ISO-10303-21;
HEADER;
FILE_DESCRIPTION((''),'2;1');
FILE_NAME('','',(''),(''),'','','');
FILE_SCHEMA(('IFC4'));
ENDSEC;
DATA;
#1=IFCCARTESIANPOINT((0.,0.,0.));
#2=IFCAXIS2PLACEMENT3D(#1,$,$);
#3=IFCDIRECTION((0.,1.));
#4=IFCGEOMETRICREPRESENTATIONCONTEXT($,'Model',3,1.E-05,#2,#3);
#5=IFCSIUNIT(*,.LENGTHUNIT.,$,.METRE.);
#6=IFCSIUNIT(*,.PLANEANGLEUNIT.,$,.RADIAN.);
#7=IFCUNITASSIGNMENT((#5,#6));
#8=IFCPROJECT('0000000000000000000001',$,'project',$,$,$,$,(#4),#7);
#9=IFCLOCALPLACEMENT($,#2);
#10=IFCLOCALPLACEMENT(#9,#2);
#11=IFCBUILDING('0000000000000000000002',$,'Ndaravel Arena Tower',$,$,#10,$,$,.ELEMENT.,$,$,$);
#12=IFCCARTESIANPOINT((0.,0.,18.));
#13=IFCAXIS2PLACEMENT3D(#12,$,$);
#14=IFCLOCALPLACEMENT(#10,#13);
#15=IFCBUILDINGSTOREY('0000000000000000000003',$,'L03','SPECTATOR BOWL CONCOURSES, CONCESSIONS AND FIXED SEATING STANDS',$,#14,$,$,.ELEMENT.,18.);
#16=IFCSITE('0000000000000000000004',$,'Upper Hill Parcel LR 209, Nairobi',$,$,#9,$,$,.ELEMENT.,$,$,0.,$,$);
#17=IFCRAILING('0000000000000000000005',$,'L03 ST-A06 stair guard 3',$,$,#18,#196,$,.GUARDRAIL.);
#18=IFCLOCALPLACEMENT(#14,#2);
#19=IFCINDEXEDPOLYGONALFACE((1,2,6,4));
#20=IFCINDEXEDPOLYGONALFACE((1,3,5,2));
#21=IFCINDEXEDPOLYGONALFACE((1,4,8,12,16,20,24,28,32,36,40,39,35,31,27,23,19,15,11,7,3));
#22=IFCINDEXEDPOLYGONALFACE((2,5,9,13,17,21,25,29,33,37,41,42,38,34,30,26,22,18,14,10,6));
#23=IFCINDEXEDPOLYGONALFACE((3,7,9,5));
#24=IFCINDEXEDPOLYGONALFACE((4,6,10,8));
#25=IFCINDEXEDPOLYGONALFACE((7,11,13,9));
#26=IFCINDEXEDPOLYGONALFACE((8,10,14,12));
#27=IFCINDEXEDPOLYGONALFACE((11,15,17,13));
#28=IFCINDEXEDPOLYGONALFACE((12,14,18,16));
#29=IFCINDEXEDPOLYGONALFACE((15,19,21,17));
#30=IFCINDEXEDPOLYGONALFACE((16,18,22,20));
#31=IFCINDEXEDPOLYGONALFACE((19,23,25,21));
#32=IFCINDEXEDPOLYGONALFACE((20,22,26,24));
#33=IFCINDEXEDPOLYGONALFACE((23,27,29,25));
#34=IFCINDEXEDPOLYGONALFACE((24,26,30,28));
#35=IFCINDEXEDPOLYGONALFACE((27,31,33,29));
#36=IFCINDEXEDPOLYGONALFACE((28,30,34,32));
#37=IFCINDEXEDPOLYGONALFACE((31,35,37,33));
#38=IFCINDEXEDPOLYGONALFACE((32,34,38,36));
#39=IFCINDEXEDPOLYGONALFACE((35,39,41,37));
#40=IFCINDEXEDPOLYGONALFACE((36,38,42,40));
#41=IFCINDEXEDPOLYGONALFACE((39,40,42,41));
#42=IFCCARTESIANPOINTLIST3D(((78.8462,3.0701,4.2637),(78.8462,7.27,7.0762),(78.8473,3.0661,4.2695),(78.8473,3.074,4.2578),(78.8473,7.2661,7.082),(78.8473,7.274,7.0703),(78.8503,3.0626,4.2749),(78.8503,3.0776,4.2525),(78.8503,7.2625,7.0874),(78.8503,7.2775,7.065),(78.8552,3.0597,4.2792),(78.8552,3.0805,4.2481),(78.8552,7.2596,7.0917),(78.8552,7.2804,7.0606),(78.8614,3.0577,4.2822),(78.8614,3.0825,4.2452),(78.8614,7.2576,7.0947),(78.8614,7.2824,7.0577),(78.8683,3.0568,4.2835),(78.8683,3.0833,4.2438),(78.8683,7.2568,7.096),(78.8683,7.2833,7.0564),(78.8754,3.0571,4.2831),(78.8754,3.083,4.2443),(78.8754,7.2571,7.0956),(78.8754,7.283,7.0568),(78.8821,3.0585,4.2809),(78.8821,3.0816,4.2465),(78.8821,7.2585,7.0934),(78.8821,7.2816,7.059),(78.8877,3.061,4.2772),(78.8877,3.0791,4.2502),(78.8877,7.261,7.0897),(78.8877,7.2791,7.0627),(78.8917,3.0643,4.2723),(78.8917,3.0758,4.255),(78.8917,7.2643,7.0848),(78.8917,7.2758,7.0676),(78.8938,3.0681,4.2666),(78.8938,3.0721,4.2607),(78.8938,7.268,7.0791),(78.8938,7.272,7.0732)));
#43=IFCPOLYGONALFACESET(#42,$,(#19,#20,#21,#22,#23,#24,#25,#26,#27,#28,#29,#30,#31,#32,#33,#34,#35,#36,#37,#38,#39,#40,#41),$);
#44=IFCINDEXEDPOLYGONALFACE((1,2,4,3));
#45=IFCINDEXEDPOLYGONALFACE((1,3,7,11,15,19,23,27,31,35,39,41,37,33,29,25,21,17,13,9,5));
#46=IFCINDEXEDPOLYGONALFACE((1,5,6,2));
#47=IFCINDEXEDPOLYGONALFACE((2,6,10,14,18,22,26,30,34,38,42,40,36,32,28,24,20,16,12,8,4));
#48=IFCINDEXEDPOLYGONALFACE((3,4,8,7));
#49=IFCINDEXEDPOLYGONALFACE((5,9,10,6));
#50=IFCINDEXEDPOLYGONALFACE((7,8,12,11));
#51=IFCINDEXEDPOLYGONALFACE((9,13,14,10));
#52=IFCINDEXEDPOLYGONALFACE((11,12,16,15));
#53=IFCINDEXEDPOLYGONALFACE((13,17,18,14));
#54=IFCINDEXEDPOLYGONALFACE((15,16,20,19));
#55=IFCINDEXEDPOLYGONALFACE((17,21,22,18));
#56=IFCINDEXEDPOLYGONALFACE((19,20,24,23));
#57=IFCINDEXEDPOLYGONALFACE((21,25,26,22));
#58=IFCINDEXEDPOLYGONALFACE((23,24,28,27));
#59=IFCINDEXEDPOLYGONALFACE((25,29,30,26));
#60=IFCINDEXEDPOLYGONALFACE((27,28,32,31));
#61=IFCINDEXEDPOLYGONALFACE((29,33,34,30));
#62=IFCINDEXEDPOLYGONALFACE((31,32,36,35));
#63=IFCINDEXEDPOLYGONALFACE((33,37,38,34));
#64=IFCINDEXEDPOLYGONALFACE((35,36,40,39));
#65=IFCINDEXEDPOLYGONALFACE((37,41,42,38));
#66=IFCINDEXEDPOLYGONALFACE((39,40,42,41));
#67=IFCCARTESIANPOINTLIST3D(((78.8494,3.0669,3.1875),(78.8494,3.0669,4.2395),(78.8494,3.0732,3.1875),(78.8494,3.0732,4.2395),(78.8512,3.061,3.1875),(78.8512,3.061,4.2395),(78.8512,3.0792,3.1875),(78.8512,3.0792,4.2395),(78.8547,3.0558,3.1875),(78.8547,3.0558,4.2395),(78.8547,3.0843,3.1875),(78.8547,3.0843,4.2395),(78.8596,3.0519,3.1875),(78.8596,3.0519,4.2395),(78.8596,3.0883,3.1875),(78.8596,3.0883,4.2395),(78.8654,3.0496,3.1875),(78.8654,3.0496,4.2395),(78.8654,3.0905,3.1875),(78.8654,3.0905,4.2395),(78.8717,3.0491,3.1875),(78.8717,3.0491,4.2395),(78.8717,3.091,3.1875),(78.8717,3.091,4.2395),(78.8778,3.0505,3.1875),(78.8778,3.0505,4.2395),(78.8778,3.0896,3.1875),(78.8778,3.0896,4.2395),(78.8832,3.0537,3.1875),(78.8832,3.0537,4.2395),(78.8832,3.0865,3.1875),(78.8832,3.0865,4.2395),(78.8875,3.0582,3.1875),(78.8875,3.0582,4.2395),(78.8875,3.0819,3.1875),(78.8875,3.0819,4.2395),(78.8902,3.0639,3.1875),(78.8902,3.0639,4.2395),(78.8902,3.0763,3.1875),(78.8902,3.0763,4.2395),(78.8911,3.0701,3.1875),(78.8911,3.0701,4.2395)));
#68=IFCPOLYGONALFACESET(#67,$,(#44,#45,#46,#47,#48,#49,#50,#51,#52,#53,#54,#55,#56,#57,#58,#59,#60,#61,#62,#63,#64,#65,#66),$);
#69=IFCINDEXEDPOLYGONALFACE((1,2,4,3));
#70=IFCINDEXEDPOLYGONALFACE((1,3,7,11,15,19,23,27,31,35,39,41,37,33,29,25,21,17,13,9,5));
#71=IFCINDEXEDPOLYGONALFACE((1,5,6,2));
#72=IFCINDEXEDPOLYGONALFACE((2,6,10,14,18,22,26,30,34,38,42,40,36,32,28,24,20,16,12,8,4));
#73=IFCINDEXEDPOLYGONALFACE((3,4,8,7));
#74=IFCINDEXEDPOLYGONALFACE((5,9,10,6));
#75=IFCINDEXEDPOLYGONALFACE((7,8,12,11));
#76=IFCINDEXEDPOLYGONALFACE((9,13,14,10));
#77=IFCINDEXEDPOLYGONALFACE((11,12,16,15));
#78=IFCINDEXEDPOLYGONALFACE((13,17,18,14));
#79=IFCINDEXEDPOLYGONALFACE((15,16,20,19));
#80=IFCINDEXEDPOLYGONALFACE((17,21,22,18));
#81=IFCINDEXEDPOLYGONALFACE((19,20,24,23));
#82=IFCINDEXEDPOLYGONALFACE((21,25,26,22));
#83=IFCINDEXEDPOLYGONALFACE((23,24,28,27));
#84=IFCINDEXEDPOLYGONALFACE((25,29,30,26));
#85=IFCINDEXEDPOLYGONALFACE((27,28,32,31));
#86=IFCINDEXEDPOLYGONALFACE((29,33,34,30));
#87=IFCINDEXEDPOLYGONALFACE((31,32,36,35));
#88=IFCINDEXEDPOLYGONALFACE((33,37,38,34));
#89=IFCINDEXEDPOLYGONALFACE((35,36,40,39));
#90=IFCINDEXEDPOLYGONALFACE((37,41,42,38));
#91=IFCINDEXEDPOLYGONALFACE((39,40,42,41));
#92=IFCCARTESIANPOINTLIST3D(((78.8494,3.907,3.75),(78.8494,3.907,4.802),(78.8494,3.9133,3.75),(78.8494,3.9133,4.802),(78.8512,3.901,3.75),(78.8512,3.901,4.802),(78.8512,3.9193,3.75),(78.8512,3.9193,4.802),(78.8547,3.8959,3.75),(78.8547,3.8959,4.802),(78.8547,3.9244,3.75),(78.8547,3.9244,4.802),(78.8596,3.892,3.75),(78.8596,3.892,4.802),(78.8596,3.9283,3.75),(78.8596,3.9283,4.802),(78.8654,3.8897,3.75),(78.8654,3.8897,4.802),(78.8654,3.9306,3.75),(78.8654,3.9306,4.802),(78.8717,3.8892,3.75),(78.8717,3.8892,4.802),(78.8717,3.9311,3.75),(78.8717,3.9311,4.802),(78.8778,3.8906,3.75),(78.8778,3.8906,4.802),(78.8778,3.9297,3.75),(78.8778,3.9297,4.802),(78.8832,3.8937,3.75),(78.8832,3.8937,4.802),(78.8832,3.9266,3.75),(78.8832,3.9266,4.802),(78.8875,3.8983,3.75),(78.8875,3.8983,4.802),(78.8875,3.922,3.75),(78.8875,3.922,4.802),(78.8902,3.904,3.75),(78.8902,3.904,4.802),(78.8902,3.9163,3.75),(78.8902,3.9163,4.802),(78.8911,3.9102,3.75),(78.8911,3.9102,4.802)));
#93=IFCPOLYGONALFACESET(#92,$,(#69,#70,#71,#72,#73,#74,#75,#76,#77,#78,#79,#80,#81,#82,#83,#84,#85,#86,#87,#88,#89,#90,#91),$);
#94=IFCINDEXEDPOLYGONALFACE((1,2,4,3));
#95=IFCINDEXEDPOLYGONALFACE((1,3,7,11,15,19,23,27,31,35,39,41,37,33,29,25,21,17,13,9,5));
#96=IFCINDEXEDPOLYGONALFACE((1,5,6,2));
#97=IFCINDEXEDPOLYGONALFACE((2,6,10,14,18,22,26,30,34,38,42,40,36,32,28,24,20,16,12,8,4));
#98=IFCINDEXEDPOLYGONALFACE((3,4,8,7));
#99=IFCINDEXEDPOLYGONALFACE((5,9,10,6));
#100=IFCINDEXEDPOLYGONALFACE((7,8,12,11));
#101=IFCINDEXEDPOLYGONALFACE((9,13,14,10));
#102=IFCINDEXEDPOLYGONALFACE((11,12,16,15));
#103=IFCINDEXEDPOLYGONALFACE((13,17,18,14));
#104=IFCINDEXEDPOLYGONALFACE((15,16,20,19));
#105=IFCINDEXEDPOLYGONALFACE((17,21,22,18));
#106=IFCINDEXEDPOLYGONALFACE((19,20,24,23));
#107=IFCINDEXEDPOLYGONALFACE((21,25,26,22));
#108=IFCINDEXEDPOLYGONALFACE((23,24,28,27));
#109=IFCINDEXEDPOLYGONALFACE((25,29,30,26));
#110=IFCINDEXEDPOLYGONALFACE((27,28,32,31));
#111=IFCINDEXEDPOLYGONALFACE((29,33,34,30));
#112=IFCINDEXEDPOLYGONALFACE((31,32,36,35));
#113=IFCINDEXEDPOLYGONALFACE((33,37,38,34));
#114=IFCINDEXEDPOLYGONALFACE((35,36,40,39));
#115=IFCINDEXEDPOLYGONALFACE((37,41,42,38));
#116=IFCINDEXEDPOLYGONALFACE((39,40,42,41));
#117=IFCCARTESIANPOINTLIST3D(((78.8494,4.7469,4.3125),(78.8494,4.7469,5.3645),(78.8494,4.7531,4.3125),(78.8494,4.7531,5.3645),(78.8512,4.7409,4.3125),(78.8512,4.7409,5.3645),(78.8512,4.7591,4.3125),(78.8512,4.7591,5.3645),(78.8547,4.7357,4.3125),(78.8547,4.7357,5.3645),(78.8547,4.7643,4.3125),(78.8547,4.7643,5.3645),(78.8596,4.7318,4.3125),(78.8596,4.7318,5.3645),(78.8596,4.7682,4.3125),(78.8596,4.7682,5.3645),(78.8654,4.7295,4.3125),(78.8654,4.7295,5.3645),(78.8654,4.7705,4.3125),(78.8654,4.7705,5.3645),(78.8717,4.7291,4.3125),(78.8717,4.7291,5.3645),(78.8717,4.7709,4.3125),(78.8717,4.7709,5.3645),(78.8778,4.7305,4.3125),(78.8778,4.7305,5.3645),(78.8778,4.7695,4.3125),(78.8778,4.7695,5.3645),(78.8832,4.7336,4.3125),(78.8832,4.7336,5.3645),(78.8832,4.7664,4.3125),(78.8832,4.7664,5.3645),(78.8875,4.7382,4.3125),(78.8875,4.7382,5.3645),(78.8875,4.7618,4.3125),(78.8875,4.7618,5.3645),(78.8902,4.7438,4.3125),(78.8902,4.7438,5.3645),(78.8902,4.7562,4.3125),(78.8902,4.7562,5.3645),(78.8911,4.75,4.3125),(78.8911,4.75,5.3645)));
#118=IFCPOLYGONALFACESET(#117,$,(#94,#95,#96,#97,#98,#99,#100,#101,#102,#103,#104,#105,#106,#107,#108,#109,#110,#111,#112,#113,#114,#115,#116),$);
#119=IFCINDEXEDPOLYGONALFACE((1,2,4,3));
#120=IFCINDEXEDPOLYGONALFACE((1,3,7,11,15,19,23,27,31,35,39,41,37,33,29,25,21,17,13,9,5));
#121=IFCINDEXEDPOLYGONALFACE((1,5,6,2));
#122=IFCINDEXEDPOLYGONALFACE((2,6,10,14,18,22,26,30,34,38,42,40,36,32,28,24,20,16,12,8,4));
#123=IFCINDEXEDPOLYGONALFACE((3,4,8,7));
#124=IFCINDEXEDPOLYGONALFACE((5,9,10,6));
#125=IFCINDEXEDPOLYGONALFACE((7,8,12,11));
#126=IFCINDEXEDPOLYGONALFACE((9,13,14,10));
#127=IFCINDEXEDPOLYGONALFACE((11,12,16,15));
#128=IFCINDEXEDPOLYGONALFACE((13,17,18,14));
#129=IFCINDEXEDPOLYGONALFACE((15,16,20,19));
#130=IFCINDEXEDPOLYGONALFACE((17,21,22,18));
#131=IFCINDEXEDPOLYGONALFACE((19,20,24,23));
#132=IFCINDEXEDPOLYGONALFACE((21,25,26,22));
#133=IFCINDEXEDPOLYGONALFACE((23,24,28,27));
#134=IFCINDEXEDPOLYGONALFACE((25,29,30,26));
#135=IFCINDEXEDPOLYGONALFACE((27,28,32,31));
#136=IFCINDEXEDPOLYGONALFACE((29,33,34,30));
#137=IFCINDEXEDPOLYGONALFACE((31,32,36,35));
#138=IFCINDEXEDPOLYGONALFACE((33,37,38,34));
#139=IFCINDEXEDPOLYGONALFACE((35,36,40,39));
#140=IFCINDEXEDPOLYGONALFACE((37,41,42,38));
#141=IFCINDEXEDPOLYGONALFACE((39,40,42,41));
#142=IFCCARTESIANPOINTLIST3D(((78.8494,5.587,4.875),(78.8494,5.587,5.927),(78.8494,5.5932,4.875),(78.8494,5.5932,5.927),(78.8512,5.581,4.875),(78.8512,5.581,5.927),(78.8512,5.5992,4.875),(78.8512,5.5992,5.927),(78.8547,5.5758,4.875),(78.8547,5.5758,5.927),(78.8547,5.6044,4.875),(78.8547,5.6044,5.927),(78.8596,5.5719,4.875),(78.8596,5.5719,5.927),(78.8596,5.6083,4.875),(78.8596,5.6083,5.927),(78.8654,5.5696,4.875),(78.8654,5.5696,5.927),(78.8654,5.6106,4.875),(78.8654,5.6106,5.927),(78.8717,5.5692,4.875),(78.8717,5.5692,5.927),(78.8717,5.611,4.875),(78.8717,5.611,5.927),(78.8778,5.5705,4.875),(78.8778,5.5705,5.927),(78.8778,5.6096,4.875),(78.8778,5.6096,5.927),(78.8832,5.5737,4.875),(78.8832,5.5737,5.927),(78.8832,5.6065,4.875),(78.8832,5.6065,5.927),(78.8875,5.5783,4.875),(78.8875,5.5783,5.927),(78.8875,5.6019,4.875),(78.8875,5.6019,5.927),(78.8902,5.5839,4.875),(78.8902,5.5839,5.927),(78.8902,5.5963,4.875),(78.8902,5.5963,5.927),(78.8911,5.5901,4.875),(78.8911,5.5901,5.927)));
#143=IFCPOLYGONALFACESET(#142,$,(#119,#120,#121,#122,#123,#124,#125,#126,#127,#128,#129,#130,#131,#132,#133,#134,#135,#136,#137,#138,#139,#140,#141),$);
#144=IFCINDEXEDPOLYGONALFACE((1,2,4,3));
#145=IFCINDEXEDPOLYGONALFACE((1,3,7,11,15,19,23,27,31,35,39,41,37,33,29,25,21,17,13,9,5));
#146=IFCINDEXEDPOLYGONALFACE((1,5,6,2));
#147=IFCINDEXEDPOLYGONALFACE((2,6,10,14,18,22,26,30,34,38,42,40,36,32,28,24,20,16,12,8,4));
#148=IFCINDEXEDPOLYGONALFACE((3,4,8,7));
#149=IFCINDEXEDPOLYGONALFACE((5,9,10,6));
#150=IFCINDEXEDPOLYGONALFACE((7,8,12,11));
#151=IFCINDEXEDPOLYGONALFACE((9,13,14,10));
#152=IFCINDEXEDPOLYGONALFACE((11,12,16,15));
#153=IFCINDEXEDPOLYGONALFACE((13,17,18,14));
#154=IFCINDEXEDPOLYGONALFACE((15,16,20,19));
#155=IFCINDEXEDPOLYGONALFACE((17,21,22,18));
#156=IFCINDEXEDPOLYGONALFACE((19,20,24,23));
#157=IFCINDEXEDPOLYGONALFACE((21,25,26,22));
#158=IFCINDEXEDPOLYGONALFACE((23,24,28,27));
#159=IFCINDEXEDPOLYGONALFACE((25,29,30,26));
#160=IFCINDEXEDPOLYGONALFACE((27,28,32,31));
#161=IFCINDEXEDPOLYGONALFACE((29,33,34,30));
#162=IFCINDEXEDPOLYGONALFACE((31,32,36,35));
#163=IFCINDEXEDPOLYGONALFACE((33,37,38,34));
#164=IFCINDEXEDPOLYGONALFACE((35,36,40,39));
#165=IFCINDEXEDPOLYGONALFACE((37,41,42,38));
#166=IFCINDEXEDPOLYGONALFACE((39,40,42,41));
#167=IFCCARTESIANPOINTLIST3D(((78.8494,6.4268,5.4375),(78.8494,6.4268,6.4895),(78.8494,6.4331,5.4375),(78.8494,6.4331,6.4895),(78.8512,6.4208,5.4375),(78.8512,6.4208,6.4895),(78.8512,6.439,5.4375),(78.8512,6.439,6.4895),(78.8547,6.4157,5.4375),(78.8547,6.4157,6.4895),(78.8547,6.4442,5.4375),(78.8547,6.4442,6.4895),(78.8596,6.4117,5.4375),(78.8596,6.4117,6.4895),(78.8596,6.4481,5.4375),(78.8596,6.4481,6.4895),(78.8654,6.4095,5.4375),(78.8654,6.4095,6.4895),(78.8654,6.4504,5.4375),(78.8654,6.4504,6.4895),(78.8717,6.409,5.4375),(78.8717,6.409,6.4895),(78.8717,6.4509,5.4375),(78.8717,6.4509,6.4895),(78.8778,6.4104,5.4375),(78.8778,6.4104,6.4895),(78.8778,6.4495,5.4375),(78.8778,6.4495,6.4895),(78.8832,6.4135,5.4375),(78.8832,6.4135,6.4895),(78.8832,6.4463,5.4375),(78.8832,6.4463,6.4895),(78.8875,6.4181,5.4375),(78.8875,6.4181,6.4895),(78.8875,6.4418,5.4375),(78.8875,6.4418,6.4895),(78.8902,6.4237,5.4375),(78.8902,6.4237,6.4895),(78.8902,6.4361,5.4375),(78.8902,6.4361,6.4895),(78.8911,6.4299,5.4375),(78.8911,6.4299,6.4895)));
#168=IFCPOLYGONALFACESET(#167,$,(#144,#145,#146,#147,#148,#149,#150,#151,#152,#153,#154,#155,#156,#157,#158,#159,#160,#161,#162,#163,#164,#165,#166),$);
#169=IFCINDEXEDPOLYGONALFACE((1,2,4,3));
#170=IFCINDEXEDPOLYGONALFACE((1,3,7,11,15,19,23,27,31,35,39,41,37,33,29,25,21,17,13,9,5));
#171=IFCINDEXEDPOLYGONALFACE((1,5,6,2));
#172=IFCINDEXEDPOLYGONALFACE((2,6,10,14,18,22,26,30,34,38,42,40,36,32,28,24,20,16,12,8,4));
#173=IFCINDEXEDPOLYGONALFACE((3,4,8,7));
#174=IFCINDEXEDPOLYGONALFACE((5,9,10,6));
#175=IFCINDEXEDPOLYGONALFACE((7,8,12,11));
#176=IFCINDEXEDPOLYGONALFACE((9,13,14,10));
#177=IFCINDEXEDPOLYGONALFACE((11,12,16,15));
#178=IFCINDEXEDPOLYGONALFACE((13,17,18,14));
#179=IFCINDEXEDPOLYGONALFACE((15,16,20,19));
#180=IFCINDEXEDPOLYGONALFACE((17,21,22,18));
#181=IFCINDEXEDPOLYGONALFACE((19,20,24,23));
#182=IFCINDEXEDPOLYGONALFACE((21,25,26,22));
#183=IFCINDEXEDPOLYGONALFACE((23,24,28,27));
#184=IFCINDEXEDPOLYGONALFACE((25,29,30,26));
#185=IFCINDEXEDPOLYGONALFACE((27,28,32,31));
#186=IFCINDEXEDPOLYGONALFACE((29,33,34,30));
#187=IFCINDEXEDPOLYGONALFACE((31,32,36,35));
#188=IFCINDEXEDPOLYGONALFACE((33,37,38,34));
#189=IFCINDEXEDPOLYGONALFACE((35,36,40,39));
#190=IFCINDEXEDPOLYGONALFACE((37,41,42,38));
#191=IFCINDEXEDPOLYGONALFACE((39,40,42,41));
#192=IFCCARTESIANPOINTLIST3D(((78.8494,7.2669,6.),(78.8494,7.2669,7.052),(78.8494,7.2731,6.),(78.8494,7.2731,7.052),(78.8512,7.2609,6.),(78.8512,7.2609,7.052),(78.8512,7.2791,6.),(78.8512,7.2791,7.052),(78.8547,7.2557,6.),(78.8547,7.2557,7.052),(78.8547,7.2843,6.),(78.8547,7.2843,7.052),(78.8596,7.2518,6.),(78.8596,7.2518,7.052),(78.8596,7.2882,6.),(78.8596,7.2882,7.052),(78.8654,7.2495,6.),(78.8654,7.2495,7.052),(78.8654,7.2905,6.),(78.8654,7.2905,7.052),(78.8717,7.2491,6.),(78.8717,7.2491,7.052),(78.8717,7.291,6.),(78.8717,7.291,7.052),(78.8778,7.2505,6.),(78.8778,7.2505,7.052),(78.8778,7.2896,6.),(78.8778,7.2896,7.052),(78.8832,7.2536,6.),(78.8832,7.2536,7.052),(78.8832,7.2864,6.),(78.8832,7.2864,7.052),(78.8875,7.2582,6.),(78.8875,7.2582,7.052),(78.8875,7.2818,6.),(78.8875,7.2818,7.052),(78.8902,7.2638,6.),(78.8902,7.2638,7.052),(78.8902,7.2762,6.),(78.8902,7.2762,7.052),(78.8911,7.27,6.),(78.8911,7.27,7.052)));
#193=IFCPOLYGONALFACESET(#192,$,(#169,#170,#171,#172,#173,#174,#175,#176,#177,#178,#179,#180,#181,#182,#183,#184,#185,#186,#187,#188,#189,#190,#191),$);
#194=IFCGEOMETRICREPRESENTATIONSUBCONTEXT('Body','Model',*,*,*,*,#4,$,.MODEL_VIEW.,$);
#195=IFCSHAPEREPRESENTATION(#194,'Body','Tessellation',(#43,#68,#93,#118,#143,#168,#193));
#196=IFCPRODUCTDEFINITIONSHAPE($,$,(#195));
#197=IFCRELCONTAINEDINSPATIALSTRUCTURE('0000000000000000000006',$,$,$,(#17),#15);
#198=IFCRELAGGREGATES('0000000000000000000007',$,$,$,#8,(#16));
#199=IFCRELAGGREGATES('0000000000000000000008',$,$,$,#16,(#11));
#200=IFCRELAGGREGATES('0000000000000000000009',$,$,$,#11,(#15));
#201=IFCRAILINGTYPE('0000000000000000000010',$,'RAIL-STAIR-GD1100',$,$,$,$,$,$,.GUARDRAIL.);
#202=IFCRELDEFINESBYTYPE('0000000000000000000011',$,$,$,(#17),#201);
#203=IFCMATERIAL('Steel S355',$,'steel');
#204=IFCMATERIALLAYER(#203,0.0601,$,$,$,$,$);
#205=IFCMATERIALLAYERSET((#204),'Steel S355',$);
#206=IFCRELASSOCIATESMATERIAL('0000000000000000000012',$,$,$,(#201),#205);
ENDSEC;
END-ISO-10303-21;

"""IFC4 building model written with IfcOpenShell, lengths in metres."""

from ifc_helpers import new_model, si_unit, direction, frame, origin, origin_2d, place, context, subcontext, project, spatial, circle, extrude, material, layer, layer_set, type_object, element, save


model = new_model("IFC4")

# Units and contexts
model_context = context("Model", 3, precision=1e-05, world=origin(), true_north=direction((0.0, 1.0)))
body_context = subcontext(model_context, "Body", "Model", "MODEL_VIEW")
ifc_project = project(units=[si_unit("LENGTHUNIT", "METRE"), si_unit("PLANEANGLEUNIT", "RADIAN")], contexts=[model_context])

# Site, building, storey
site_placement = place(None, origin())
site = spatial("IfcSite", under=ifc_project, at=site_placement, Name="Upper Hill Parcel LR 209, Nairobi", CompositionType="ELEMENT", RefElevation=0.0)
building_placement = place(site_placement, origin())
building = spatial("IfcBuilding", under=site, at=building_placement, Name="Ndaravel Arena Tower", CompositionType="ELEMENT")
storey_placement = place(building_placement, frame((0.0, 0.0, 18.0)))
storey = spatial("IfcBuildingStorey", under=building, at=storey_placement, Name="L03", Description="SPECTATOR BOWL CONCOURSES, CONCESSIONS AND FIXED SEATING STANDS", CompositionType="ELEMENT", Elevation=18.0)

# Railing
ifc_material_1 = material(Name="Steel S355", Category="steel")
ifc_layer_1 = layer(ifc_material_1, 0.0601)
ifc_layer_set_1 = layer_set([ifc_layer_1], Name="Steel S355")
railing_type_1 = type_object("IfcRailingType", Name="RAIL-STAIR-GD1100", PredefinedType="GUARDRAIL", material=ifc_layer_set_1)
railing_1_placement = place(storey_placement, frame((78.8701, 3.0701, 3.1875)))
element("IfcRailing", 1, at=railing_1_placement, inside=storey, type_object=railing_type_1, Name="L03 ST-A06 stair guard 3", PredefinedType="GUARDRAIL", context=body_context, shape_type="SweptSolid", body=[
    extrude(circle(Radius=0.0239, at=origin_2d()), frame((0.0, 0.0, 1.0762), z_axis=(0.0, 0.830904, 0.556416), x_axis=(-1.0, 0.0, 0.0)), (0.0, 0.0, 1.0), 5.0547),
    extrude(circle(Radius=0.021, at=origin_2d()), origin(), (0.0, 0.0, 1.0), 1.052),
    extrude(circle(Radius=0.021, at=origin_2d()), frame((0.0, 0.8401, 0.5625)), (0.0, 0.0, 1.0), 1.052),
    extrude(circle(Radius=0.021, at=origin_2d()), frame((0.0, 1.6799, 1.125)), (0.0, 0.0, 1.0), 1.052),
    extrude(circle(Radius=0.021, at=origin_2d()), frame((0.0, 2.52, 1.6875)), (0.0, 0.0, 1.0), 1.052),
    extrude(circle(Radius=0.021, at=origin_2d()), frame((0.0, 3.3599, 2.25)), (0.0, 0.0, 1.0), 1.052),
    extrude(circle(Radius=0.021, at=origin_2d()), frame((0.0, 4.2, 2.8125)), (0.0, 0.0, 1.0), 1.052),
])

save(model, "model.ifc")
